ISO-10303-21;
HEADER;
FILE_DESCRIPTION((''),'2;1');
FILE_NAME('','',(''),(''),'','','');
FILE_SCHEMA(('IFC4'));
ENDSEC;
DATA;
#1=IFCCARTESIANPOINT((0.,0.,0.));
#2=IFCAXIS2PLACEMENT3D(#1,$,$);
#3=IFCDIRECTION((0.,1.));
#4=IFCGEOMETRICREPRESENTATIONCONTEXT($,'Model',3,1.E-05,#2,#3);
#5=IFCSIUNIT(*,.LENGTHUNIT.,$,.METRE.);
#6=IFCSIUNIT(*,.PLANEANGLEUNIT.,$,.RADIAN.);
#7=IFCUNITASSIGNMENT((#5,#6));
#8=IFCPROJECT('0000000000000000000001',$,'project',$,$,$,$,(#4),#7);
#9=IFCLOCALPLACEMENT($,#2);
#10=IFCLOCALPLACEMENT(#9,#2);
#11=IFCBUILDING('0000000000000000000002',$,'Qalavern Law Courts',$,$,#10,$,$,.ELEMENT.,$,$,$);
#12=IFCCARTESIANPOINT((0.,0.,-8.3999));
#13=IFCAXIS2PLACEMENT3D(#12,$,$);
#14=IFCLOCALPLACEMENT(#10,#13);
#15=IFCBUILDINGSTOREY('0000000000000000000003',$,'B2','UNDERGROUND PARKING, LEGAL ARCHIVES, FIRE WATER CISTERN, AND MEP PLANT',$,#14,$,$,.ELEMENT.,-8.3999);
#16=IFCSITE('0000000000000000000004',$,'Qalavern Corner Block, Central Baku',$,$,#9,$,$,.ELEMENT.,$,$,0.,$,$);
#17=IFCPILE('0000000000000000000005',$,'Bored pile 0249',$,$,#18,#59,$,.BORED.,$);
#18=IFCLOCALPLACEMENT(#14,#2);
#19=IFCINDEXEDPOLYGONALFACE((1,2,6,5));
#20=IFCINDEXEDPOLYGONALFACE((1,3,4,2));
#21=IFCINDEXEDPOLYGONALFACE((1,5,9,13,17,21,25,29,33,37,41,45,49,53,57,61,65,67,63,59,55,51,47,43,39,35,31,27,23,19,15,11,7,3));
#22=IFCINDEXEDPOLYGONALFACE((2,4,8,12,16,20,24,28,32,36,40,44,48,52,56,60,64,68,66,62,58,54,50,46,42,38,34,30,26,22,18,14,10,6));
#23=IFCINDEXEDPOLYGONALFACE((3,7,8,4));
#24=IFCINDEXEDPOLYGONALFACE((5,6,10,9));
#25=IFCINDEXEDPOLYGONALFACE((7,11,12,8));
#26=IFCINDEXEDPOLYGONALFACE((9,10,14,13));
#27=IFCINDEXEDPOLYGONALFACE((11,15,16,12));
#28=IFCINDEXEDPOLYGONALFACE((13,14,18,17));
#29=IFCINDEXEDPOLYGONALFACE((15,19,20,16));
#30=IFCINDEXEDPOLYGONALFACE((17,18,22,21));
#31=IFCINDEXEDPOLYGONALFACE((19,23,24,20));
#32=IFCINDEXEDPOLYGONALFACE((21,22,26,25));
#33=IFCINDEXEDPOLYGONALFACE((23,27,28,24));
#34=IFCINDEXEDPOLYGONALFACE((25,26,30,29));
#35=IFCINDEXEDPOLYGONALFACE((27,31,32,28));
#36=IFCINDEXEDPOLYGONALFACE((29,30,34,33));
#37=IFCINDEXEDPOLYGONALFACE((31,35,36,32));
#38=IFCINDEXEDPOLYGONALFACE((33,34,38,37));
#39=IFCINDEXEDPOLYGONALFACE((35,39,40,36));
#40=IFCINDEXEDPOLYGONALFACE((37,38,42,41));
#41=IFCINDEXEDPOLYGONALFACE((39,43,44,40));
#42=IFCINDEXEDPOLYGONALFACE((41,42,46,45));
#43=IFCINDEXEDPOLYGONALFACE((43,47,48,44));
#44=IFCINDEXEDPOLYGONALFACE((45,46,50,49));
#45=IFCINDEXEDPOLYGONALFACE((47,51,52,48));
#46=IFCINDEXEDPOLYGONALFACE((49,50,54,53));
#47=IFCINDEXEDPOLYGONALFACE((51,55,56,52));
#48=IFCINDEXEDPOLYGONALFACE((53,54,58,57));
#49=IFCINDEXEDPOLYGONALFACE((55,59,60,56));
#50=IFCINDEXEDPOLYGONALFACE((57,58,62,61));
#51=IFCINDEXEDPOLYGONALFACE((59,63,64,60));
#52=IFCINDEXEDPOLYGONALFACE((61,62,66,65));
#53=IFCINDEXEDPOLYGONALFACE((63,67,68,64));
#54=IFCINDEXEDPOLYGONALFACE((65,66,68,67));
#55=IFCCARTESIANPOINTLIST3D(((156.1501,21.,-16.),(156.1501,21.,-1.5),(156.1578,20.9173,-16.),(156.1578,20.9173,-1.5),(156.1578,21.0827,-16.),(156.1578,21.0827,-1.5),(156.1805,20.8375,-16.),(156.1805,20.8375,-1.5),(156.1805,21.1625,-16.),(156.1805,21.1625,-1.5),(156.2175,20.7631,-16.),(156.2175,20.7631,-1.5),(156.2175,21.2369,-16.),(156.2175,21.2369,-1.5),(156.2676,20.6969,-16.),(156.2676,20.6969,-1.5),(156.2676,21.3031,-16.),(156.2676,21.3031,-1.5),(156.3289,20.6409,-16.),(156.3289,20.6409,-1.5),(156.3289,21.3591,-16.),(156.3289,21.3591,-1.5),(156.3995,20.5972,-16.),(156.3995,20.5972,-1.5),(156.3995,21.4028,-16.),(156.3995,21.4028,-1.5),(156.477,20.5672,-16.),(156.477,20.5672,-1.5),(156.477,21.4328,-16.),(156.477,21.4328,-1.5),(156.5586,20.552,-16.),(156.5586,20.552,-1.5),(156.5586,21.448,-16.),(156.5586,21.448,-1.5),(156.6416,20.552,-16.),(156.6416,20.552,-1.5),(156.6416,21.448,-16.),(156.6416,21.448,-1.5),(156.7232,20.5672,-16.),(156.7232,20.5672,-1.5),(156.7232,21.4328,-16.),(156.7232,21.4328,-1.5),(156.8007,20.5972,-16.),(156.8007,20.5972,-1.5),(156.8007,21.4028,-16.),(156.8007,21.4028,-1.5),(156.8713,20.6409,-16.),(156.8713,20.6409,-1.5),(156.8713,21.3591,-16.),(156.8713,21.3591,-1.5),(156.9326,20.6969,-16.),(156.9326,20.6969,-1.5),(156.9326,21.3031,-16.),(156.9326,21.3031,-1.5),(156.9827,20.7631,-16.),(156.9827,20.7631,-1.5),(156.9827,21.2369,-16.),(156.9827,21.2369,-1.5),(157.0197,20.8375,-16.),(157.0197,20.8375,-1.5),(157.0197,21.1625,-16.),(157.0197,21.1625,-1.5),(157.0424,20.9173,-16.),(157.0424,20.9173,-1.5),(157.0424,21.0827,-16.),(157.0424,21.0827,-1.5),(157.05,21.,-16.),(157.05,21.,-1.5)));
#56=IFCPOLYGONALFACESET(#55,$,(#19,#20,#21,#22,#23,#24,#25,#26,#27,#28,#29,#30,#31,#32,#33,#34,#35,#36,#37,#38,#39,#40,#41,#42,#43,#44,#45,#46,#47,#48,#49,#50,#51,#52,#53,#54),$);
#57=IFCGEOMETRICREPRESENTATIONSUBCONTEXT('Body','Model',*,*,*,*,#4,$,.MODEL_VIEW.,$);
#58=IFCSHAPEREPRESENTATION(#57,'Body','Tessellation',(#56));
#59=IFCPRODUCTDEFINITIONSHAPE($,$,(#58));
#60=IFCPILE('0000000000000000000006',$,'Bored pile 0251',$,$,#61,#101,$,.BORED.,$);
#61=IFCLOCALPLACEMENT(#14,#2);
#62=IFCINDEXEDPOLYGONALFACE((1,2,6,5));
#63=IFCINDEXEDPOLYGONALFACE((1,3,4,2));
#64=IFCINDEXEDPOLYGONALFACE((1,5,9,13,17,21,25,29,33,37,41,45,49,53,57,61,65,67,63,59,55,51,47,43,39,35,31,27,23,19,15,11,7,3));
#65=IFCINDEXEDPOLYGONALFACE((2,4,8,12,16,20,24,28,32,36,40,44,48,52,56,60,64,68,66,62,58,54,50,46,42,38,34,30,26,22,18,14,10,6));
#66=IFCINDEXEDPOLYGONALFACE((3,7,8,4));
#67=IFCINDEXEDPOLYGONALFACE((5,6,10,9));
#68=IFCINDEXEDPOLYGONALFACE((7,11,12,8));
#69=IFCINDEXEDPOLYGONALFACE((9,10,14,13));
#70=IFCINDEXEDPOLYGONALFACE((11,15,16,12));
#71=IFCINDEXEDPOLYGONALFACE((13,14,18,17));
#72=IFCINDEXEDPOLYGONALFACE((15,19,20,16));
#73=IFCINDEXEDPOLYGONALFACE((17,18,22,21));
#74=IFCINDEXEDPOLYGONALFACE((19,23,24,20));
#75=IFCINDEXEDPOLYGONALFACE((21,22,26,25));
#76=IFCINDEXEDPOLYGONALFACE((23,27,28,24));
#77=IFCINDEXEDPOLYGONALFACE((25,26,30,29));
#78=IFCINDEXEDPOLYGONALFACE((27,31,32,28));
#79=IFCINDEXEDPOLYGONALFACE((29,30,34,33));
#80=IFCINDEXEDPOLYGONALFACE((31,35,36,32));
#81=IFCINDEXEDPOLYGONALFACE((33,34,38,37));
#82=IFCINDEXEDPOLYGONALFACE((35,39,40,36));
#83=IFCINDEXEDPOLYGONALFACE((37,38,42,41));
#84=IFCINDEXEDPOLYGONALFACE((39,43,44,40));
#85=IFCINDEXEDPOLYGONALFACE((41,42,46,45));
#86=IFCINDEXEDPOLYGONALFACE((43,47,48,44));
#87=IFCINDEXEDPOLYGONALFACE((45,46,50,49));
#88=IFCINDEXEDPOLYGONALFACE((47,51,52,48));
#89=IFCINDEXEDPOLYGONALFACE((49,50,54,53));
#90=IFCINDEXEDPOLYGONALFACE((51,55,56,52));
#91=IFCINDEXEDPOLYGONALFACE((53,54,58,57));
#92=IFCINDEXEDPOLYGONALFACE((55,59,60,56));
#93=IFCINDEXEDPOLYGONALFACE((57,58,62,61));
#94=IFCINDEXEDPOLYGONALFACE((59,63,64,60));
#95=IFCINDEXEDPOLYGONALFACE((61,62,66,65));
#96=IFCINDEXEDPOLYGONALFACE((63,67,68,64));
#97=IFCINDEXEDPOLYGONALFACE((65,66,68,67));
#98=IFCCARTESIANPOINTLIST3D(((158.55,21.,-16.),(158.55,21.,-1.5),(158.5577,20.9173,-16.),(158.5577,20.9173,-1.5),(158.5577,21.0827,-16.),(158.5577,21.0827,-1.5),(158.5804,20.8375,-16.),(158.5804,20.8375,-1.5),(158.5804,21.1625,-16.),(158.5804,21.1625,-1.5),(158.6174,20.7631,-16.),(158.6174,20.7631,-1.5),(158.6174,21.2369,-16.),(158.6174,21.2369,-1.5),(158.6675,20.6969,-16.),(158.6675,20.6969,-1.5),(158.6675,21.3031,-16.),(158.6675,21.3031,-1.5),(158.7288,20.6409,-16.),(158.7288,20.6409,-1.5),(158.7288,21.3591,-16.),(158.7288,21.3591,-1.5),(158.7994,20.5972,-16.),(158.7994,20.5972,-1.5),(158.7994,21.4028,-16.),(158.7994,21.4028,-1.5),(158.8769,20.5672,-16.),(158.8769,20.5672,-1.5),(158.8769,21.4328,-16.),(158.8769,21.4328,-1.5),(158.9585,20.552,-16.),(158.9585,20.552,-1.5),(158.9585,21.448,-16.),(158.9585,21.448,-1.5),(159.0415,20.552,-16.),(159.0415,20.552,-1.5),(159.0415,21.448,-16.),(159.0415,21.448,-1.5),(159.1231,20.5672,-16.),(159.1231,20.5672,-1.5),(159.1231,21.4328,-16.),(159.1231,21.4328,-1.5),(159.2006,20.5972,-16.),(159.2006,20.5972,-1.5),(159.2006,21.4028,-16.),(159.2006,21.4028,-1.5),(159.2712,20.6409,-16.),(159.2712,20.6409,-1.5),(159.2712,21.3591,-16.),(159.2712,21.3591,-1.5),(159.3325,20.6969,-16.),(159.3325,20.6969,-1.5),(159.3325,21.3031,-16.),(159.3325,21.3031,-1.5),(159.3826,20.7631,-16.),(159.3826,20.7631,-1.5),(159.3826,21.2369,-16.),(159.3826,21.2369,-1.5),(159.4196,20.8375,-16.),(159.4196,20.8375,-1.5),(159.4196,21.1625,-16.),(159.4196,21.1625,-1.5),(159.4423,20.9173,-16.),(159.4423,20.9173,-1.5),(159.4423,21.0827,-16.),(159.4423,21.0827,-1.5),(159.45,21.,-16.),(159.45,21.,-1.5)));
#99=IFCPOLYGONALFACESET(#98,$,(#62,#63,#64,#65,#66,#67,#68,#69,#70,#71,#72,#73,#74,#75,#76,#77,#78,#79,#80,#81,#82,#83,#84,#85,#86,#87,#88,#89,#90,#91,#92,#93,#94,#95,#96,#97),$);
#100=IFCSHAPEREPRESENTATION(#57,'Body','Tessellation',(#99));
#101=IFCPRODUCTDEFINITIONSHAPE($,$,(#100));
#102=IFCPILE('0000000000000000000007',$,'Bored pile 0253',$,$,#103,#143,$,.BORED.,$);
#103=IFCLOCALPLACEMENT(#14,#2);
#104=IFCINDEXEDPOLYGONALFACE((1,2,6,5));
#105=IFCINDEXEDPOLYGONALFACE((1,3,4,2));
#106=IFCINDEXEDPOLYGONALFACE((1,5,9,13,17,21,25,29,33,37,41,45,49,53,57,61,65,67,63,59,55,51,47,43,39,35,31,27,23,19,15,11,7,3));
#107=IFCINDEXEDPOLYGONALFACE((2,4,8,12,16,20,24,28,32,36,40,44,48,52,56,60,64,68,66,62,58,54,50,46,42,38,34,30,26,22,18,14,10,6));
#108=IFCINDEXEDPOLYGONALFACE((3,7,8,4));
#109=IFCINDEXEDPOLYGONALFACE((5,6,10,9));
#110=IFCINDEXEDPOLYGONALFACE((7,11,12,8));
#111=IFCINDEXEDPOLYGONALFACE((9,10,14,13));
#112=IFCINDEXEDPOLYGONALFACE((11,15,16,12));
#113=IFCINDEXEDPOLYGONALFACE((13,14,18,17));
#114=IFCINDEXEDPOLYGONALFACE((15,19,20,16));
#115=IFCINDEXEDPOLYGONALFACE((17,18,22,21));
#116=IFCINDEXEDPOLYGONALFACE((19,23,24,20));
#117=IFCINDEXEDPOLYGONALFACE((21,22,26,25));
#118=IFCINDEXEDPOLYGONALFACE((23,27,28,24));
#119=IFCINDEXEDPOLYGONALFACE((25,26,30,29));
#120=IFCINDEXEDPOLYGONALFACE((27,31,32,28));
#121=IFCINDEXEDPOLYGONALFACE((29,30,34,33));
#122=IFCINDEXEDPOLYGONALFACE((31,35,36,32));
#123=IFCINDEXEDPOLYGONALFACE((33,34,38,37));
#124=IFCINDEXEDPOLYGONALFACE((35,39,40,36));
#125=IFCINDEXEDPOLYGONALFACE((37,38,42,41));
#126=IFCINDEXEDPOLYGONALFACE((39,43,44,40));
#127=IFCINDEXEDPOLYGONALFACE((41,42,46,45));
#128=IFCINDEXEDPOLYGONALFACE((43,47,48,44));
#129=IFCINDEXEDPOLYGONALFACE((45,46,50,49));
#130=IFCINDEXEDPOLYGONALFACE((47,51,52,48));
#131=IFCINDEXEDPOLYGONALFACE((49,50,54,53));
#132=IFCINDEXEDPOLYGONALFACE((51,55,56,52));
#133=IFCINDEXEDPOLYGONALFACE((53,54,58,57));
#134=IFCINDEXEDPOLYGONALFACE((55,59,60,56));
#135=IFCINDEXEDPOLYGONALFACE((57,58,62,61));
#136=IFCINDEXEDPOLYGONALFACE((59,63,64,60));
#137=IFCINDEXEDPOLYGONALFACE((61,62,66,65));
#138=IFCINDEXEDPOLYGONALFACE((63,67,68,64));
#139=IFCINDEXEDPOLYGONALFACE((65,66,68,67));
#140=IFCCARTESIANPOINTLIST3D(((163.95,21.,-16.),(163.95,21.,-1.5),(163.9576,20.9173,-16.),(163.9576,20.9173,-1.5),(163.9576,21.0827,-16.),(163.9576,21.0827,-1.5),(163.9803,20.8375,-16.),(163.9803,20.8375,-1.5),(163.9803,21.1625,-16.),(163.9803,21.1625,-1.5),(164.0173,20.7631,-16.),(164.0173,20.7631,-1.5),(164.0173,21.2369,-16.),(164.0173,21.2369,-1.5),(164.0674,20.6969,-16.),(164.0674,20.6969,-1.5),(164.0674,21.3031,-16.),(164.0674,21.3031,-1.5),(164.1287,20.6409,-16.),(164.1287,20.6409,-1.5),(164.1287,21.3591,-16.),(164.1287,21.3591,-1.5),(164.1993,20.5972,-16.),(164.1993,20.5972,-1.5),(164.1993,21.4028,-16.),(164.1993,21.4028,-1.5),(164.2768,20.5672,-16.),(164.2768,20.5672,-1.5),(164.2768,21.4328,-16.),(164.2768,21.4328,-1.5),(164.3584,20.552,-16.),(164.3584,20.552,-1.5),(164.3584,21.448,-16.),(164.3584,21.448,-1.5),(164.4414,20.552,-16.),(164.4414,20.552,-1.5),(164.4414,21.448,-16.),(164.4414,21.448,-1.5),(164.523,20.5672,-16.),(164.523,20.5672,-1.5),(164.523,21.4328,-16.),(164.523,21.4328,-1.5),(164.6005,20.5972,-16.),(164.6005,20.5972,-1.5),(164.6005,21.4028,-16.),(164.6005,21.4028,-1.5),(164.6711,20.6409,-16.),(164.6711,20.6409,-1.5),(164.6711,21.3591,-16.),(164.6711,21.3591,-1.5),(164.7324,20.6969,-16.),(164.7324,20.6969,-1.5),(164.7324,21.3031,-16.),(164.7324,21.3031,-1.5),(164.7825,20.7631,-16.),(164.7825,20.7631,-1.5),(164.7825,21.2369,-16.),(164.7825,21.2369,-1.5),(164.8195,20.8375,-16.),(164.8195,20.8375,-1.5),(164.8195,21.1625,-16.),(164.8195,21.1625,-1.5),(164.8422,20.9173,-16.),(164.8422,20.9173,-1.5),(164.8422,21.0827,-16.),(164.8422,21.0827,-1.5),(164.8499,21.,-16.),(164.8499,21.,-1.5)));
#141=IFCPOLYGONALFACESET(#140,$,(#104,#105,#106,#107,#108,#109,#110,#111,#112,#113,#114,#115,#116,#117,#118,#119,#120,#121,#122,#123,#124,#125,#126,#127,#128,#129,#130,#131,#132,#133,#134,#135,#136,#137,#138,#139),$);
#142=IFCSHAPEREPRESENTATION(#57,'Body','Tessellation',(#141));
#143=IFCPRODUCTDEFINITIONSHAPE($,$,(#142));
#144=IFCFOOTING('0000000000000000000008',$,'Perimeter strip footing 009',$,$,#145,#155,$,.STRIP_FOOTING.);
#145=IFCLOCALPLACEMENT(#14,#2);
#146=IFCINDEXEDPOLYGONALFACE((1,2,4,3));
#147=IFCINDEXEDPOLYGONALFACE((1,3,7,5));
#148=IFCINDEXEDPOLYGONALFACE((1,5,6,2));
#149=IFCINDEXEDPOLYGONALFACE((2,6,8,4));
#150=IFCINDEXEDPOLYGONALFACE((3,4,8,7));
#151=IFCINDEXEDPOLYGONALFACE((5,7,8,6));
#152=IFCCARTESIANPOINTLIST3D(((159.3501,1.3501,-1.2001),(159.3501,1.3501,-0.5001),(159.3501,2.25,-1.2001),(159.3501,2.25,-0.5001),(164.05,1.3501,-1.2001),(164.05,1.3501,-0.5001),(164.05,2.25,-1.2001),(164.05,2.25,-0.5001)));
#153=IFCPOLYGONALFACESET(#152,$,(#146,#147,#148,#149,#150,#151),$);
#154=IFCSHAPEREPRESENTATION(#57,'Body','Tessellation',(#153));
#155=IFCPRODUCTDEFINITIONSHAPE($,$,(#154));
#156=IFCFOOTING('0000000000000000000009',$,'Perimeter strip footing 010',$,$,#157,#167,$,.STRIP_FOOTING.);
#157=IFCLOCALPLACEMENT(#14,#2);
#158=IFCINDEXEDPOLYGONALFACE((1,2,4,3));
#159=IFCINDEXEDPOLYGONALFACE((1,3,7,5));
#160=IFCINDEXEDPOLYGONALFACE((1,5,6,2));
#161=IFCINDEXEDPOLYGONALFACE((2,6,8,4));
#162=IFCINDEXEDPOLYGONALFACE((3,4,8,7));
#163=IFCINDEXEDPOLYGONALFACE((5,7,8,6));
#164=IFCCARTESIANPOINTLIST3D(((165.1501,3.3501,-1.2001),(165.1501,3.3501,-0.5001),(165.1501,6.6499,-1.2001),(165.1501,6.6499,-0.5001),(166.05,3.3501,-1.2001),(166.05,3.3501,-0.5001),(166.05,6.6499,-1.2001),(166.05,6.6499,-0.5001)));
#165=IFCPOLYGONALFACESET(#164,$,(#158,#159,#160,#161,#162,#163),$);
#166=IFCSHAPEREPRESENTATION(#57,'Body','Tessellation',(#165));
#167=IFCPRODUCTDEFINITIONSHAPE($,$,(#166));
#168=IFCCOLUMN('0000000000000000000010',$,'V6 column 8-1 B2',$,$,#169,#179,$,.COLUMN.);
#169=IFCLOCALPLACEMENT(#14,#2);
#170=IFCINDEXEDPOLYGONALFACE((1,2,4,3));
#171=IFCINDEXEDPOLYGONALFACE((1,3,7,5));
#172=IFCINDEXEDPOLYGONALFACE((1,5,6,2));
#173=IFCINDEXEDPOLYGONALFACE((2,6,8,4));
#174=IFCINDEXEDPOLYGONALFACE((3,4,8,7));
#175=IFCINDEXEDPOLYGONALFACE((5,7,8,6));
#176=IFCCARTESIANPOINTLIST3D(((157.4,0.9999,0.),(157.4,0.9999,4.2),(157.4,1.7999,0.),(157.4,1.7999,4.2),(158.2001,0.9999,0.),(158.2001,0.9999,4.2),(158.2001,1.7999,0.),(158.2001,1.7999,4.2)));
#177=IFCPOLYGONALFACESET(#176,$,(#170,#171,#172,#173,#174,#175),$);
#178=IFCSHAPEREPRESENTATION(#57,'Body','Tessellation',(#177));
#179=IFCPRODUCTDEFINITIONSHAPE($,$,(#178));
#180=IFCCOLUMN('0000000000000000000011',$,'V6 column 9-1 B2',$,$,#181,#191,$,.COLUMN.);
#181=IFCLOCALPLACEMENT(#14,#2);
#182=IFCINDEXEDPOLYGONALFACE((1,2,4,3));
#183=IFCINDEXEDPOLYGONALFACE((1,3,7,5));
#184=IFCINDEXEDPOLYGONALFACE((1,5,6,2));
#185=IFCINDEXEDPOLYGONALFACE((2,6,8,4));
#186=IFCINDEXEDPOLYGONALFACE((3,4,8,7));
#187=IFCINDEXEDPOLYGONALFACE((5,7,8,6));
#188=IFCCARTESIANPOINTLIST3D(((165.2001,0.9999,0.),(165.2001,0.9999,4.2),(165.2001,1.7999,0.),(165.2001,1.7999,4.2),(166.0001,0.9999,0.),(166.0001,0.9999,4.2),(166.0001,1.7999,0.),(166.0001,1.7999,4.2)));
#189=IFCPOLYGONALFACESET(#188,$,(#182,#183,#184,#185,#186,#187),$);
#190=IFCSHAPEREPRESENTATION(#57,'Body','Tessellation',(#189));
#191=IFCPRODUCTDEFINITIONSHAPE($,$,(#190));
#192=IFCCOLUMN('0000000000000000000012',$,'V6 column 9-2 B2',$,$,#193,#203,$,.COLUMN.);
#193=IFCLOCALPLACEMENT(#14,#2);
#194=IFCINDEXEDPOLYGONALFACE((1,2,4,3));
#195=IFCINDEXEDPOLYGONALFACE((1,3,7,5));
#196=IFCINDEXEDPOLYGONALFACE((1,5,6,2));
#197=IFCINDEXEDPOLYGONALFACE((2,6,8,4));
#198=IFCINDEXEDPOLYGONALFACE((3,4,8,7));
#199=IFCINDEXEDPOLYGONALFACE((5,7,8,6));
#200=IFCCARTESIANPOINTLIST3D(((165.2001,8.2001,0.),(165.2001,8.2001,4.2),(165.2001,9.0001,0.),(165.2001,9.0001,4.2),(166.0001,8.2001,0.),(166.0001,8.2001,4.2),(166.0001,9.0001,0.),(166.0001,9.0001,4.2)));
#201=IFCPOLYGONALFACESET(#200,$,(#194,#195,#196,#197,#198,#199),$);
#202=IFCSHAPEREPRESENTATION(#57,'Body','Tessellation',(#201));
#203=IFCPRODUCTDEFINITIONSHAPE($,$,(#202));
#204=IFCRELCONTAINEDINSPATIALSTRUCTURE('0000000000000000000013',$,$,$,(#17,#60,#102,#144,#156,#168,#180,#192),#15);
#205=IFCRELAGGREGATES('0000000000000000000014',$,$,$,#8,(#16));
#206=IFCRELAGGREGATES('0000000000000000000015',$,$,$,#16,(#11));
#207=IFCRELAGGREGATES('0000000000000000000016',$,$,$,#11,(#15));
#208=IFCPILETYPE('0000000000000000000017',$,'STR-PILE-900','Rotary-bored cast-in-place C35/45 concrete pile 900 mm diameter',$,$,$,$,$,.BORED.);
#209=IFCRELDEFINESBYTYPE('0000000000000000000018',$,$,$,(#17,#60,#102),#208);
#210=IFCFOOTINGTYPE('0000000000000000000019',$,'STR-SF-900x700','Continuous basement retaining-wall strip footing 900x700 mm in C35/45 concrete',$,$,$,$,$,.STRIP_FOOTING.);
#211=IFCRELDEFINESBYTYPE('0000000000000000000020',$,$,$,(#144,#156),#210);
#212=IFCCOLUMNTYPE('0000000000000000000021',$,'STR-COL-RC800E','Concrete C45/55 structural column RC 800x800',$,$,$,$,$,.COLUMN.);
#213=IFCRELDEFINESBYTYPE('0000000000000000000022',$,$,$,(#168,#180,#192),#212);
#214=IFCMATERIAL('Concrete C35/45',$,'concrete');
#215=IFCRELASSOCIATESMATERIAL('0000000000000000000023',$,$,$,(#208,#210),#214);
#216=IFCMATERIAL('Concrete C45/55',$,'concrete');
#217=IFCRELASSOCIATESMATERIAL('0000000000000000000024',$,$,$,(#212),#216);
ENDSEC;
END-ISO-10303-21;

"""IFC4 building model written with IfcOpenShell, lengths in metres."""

from ifc_helpers import new_model, si_unit, direction, frame, origin, origin_2d, place, context, subcontext, project, spatial, rectangle, circle, extrude, material, material_profile, profile_set, type_object, element, save


model = new_model("IFC4")

# Units and contexts
model_context = context("Model", 3, precision=1e-05, world=origin(), true_north=direction((0.0, 1.0)))
body_context = subcontext(model_context, "Body", "Model", "MODEL_VIEW")
ifc_project = project(units=[si_unit("LENGTHUNIT", "METRE"), si_unit("PLANEANGLEUNIT", "RADIAN")], contexts=[model_context])

# Site, building, storey
site_placement = place(None, origin())
site = spatial("IfcSite", under=ifc_project, at=site_placement, Name="Qalavern Corner Block, Central Baku", CompositionType="ELEMENT", RefElevation=0.0)
building_placement = place(site_placement, origin())
building = spatial("IfcBuilding", under=site, at=building_placement, Name="Qalavern Law Courts", CompositionType="ELEMENT")
storey_placement = place(building_placement, frame((0.0, 0.0, -8.3999)))
storey = spatial("IfcBuildingStorey", under=building, at=storey_placement, Name="B2", Description="UNDERGROUND PARKING, LEGAL ARCHIVES, FIRE WATER CISTERN, AND MEP PLANT", CompositionType="ELEMENT", Elevation=-8.3999)

# Shared definitions
ifc_material_1 = material(Name="Concrete C35/45", Category="concrete")

# Piles
ifc_material_profile_1 = material_profile(ifc_material_1, circle(Radius=0.45, at=origin_2d()), Name="BORED PILE 900")
ifc_profile_set_1 = profile_set([ifc_material_profile_1], Name="Concrete C35/45")
pile_type_1 = type_object("IfcPileType", Name="STR-PILE-900", Description="Rotary-bored cast-in-place C35/45 concrete pile 900 mm diameter", PredefinedType="BORED", material=ifc_profile_set_1)
for number, where, z_axis, x_axis, name in (
    (1, (156.6001, 21.0, -1.5), (0.0, 0.0, -1.0), (1.0, 0.0, 0.0), "Bored pile 0249"),
    (2, (159.0, 21.0, -1.5), (0.0, 0.0, -1.0), (1.0, 0.0, 0.0), "Bored pile 0251"),
    (3, (164.3999, 21.0, -1.5), (0.0, 0.0, -1.0), (1.0, 0.0, 0.0), "Bored pile 0253"),
):
    element("IfcPile", number, at=place(storey_placement, frame(where, z_axis=z_axis, x_axis=x_axis)), inside=storey, type_object=pile_type_1, Name=name, PredefinedType="BORED", context=body_context, shape_type="SweptSolid", body=[
        extrude(circle(Radius=0.45, at=origin_2d()), origin(), (0.0, 0.0, 1.0), 14.5),
    ])

# Footings
ifc_material_profile_2 = material_profile(ifc_material_1, rectangle(XDim=0.8999, YDim=0.7, at=origin_2d()), Name="RC 900x700")
ifc_profile_set_2 = profile_set([ifc_material_profile_2], Name="Concrete C35/45")
footing_type_1 = type_object("IfcFootingType", Name="STR-SF-900x700", Description="Continuous basement retaining-wall strip footing 900x700 mm in C35/45 concrete", PredefinedType="STRIP_FOOTING", material=ifc_profile_set_2)
footing_1_placement = place(storey_placement, frame((159.3501, 1.8, -0.8501), z_axis=(1.0, 0.0, 0.0), x_axis=(0.0, 1.0, 0.0)))
element("IfcFooting", 4, at=footing_1_placement, inside=storey, type_object=footing_type_1, Name="Perimeter strip footing 009", PredefinedType="STRIP_FOOTING", context=body_context, shape_type="SweptSolid", body=[
    extrude(rectangle(XDim=0.8999, YDim=0.7, at=origin_2d()), origin(), (0.0, 0.0, 1.0), 4.7),
])
footing_2_placement = place(storey_placement, frame((165.6001, 3.3501, -0.8501), z_axis=(0.0, 1.0, 0.0), x_axis=(-1.0, 0.0, 0.0)))
element("IfcFooting", 5, at=footing_2_placement, inside=storey, type_object=footing_type_1, Name="Perimeter strip footing 010", PredefinedType="STRIP_FOOTING", context=body_context, shape_type="SweptSolid", body=[
    extrude(rectangle(XDim=0.8999, YDim=0.7, at=origin_2d()), origin(), (0.0, 0.0, 1.0), 3.2998),
])

# Columns
ifc_material_2 = material(Name="Concrete C45/55", Category="concrete")
ifc_material_profile_3 = material_profile(ifc_material_2, rectangle(XDim=0.8, YDim=0.8, at=origin_2d()), Name="RC 800x800")
ifc_profile_set_3 = profile_set([ifc_material_profile_3], Name="Concrete C45/55")
column_type_1 = type_object("IfcColumnType", Name="STR-COL-RC800E", Description="Concrete C45/55 structural column RC 800x800", PredefinedType="COLUMN", material=ifc_profile_set_3)
for number, where, z_axis, x_axis, name in (
    (6, (157.8, 1.3999, 0.0), (0.0, 0.0, 1.0), (1.0, 0.0, 0.0), "V6 column 8-1 B2"),
    (7, (165.6001, 1.3999, 0.0), (0.0, 0.0, 1.0), (1.0, 0.0, 0.0), "V6 column 9-1 B2"),
    (8, (165.6001, 8.6001, 0.0), (0.0, 0.0, 1.0), (1.0, 0.0, 0.0), "V6 column 9-2 B2"),
):
    element("IfcColumn", number, at=place(storey_placement, frame(where, z_axis=z_axis, x_axis=x_axis)), inside=storey, type_object=column_type_1, Name=name, PredefinedType="COLUMN", context=body_context, shape_type="SweptSolid", body=[
        extrude(rectangle(XDim=0.8, YDim=0.8, at=origin_2d()), origin(), (0.0, 0.0, 1.0), 4.2),
    ])

save(model, "model.ifc")
